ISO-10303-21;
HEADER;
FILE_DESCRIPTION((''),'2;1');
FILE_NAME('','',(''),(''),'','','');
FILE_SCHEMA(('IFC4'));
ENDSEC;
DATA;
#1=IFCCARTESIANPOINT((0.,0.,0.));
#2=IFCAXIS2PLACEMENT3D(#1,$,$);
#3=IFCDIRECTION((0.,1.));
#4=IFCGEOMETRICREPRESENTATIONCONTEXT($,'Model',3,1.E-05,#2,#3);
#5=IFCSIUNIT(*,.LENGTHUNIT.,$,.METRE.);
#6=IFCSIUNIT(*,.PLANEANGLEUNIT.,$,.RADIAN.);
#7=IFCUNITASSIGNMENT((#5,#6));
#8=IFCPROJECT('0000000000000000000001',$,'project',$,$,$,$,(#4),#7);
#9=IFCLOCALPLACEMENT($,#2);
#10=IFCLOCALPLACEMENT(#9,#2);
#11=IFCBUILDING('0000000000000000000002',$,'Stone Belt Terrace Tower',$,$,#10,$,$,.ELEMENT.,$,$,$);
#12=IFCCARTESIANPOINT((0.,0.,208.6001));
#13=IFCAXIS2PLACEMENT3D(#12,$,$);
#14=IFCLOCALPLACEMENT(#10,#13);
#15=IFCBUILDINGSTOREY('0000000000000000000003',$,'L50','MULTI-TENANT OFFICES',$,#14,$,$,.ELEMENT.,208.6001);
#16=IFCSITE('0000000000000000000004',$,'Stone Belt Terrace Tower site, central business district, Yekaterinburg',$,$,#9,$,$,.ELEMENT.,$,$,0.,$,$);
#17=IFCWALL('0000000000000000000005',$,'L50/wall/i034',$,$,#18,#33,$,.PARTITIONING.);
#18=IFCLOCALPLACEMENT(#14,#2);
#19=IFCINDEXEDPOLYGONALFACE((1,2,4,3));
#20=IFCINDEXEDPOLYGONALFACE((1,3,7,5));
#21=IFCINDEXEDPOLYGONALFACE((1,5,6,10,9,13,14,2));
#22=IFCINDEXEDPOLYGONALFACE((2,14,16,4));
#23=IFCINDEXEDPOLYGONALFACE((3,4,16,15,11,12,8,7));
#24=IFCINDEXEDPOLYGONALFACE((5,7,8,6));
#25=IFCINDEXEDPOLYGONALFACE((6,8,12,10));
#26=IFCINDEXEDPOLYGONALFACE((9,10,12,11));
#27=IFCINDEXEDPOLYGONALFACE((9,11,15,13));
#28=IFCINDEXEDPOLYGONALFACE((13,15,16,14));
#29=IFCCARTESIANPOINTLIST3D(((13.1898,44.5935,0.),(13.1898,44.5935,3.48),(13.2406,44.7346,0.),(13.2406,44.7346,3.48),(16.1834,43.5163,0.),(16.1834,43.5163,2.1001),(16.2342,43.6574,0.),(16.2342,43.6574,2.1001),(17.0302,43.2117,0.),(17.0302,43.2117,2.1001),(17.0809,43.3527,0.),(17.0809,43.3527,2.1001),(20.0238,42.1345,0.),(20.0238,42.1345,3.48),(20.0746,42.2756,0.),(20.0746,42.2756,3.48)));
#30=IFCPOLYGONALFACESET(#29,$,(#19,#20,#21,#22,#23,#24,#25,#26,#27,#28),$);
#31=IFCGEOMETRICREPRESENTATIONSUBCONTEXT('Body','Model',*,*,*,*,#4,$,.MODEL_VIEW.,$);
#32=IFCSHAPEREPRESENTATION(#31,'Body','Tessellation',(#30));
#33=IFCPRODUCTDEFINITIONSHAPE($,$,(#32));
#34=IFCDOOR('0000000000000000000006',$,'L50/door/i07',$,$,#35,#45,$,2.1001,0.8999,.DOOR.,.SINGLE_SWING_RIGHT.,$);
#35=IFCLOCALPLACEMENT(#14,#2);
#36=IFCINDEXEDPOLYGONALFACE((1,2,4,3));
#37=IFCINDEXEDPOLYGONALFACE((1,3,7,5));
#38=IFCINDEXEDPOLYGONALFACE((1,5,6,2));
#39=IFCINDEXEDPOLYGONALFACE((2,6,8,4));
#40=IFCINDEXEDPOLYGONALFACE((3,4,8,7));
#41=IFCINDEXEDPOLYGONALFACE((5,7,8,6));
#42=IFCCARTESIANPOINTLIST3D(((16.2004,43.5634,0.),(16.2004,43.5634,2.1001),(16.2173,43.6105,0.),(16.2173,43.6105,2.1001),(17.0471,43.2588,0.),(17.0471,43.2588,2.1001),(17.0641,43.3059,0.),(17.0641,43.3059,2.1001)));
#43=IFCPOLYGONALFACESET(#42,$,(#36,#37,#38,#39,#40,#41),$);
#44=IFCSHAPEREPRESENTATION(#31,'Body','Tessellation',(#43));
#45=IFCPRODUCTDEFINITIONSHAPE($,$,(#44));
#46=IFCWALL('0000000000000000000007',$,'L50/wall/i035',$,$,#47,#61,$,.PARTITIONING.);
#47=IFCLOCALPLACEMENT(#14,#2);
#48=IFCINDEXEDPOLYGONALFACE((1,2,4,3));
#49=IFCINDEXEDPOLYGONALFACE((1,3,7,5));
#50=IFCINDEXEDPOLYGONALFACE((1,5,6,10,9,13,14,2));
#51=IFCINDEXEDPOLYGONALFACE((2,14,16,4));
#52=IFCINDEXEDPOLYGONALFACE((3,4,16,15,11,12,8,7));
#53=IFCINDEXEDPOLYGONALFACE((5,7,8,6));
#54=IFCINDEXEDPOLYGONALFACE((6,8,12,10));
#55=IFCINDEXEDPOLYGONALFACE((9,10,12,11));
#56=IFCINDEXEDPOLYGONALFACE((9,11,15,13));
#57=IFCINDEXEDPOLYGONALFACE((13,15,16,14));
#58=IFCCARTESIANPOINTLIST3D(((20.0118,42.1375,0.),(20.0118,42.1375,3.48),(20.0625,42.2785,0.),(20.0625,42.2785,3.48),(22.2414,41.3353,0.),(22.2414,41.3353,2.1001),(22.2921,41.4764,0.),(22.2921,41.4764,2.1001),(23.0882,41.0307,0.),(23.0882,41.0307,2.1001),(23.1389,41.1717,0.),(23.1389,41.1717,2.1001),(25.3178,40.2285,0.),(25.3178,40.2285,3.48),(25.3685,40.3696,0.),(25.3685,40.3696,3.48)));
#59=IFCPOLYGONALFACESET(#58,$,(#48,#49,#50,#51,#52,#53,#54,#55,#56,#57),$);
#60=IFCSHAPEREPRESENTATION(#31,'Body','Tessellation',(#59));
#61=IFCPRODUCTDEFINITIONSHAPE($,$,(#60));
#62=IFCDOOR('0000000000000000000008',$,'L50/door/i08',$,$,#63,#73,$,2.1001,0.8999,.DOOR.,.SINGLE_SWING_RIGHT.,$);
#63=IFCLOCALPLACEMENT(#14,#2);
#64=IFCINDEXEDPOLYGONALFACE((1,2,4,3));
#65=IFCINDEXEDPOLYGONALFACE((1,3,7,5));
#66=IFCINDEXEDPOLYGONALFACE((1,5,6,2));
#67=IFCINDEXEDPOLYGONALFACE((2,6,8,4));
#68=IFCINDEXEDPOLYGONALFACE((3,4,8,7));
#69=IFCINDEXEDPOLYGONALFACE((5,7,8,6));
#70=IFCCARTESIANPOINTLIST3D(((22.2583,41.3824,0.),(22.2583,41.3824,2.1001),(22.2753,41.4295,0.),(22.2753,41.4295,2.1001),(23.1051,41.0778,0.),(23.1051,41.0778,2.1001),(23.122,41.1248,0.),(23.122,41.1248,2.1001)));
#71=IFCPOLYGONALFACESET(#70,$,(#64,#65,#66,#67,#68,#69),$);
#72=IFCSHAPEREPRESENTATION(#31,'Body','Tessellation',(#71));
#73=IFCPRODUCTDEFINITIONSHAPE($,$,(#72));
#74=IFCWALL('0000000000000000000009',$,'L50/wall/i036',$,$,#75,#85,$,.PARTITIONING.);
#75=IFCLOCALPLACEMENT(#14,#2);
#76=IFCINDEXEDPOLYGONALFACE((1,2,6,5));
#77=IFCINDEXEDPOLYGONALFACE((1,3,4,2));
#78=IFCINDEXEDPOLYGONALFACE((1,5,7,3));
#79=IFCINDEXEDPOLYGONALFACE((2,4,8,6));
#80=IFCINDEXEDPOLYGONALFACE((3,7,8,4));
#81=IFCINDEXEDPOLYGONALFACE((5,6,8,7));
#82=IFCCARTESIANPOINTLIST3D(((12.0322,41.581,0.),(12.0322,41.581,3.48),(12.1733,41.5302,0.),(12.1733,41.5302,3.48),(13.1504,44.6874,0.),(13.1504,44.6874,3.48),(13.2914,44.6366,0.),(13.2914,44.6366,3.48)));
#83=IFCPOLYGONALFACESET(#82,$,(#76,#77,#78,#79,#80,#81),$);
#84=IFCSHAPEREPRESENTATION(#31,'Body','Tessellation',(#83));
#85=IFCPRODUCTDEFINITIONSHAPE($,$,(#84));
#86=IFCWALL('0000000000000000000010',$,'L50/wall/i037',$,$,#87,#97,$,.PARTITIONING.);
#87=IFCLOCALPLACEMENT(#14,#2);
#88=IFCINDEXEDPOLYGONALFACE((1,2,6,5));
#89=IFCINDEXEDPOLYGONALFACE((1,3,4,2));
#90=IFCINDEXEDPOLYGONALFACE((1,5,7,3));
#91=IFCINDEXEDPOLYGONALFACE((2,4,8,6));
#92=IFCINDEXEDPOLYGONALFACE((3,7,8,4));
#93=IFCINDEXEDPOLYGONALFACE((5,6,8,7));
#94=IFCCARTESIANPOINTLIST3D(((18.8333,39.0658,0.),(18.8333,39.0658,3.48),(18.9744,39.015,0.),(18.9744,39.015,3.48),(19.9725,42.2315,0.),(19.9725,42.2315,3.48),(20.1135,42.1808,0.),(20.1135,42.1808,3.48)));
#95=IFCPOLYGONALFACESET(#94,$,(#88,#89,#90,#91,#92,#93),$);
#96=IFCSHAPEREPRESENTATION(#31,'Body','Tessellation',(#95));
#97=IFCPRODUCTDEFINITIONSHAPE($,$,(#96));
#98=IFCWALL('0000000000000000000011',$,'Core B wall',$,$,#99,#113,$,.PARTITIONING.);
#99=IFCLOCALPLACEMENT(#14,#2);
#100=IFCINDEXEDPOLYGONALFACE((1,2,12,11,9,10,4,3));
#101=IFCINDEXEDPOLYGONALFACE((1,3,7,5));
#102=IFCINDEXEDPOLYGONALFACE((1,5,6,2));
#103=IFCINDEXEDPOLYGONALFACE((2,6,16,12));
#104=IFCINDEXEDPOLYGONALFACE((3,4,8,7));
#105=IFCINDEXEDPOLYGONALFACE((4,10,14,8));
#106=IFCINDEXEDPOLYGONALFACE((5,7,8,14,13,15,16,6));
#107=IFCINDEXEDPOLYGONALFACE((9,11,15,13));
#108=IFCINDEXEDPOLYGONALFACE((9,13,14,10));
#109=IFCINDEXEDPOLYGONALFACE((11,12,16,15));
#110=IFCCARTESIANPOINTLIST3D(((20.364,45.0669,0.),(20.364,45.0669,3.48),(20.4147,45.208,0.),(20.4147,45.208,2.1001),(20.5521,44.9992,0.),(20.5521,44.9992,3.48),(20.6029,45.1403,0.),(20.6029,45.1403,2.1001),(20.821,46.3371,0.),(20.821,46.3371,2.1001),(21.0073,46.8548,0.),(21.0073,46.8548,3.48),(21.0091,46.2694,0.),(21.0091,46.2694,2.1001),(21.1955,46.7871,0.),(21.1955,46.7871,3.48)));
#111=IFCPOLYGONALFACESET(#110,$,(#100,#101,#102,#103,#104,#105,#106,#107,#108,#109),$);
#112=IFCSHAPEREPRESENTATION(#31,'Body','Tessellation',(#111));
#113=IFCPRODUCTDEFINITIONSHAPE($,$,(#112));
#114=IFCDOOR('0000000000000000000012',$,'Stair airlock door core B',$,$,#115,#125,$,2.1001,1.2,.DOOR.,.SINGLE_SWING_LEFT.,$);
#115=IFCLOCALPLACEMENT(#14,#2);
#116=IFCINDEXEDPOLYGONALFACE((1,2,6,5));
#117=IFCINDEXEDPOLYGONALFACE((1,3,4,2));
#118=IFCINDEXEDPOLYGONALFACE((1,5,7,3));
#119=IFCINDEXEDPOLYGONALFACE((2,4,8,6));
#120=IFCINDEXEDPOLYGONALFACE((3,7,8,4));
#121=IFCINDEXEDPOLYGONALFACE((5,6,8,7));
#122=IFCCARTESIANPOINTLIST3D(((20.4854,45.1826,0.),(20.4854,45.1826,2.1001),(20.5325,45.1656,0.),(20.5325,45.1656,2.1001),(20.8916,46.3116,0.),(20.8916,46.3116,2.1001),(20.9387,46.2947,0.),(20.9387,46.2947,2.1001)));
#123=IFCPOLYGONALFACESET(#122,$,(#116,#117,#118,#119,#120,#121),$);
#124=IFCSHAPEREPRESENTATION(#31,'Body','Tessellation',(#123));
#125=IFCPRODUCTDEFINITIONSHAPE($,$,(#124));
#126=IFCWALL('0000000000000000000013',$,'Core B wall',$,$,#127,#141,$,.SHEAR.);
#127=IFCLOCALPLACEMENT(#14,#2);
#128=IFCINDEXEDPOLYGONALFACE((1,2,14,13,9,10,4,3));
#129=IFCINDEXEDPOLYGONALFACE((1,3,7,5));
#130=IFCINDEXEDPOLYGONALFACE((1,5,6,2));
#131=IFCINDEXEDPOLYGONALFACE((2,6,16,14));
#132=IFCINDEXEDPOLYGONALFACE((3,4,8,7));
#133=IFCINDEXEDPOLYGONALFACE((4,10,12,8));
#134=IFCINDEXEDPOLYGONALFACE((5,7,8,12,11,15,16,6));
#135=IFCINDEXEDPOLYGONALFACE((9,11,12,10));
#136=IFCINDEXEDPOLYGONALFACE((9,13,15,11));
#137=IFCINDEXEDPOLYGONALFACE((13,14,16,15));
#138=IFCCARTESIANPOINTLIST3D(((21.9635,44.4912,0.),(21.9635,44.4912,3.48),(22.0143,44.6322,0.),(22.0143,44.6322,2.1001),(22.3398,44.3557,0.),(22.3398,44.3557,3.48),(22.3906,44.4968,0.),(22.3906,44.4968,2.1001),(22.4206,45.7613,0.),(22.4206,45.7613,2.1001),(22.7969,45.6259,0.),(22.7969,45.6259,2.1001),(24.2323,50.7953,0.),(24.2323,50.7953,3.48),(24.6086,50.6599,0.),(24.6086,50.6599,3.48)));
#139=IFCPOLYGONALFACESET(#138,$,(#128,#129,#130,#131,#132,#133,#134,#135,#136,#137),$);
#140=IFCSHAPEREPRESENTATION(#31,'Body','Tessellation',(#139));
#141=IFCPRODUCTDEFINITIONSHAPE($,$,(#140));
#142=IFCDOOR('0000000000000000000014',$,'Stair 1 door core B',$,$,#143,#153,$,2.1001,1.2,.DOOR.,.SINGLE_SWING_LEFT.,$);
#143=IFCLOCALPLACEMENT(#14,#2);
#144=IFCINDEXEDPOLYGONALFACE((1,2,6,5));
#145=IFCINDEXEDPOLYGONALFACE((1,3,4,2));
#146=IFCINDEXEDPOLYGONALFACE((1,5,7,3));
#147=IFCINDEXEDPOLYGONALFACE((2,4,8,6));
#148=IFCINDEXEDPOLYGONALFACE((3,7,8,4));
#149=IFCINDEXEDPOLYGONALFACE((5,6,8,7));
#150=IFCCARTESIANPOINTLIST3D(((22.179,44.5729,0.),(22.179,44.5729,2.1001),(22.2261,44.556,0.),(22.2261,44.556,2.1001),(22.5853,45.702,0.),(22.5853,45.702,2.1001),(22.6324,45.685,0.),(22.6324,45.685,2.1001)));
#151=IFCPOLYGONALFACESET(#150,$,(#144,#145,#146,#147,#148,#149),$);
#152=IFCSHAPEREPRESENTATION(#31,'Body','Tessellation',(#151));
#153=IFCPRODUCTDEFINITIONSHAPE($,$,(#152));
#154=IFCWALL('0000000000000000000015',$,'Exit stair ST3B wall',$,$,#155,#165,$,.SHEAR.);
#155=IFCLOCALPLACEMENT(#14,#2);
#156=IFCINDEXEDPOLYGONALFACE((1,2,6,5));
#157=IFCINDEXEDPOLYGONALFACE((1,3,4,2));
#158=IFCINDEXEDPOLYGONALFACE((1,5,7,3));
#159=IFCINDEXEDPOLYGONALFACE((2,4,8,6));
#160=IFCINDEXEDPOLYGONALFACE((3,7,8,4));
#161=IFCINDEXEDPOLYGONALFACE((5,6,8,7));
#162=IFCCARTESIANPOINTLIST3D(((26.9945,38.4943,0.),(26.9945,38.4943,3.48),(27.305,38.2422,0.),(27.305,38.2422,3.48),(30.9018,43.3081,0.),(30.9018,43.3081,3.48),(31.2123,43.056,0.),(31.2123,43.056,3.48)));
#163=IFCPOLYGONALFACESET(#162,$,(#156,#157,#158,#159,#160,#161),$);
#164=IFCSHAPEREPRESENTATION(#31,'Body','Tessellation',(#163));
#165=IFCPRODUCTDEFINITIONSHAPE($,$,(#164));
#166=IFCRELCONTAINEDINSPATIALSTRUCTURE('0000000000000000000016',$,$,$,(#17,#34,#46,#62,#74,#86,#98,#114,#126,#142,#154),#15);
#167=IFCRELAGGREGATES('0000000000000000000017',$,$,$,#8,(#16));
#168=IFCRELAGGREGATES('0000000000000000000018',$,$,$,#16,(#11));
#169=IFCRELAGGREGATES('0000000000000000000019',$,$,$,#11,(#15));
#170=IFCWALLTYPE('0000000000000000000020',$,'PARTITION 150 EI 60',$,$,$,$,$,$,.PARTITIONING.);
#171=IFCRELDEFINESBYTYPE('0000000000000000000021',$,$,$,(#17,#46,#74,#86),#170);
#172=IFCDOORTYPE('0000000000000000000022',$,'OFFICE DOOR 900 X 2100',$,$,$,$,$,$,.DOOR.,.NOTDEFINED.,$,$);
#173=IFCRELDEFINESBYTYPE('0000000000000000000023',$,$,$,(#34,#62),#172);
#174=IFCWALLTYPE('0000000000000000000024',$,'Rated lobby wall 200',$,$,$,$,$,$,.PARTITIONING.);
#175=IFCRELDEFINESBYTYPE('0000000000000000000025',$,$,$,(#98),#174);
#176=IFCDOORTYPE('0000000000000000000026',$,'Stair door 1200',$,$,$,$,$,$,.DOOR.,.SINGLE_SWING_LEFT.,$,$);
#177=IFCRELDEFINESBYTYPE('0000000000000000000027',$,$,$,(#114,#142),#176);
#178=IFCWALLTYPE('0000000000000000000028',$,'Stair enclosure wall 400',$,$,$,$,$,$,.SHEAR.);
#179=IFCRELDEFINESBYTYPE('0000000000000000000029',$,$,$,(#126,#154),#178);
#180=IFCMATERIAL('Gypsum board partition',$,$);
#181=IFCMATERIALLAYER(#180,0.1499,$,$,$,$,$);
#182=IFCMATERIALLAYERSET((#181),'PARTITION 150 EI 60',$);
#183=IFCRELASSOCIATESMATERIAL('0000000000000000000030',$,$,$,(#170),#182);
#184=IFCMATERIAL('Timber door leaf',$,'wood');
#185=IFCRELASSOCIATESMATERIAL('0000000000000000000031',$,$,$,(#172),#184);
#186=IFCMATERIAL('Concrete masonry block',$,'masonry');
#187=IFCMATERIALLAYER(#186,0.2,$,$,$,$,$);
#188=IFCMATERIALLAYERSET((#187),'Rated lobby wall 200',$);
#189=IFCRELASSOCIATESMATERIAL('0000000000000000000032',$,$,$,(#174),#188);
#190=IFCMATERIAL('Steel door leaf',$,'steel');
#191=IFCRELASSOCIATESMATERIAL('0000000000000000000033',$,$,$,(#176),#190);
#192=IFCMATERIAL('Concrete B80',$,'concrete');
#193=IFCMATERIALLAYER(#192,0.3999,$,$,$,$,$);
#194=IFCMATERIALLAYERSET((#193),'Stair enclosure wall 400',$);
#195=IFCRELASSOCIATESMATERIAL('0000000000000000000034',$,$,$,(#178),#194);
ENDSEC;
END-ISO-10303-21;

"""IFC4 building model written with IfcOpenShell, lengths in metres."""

from ifc_helpers import new_model, si_unit, direction, frame, frame_2d, origin, place, context, subcontext, project, spatial, rectangle, extrude, material, layer, layer_set, type_object, element, fill, save


model = new_model("IFC4")

# Units and contexts
model_context = context("Model", 3, precision=1e-05, world=origin(), true_north=direction((0.0, 1.0)))
body_context = subcontext(model_context, "Body", "Model", "MODEL_VIEW")
ifc_project = project(units=[si_unit("LENGTHUNIT", "METRE"), si_unit("PLANEANGLEUNIT", "RADIAN")], contexts=[model_context])

# Site, building, storey
site_placement = place(None, origin())
site = spatial("IfcSite", under=ifc_project, at=site_placement, Name="Stone Belt Terrace Tower site, central business district, Yekaterinburg", CompositionType="ELEMENT", RefElevation=0.0)
building_placement = place(site_placement, origin())
building = spatial("IfcBuilding", under=site, at=building_placement, Name="Stone Belt Terrace Tower", CompositionType="ELEMENT")
storey_placement = place(building_placement, frame((0.0, 0.0, 208.6001)))
storey = spatial("IfcBuildingStorey", under=building, at=storey_placement, Name="L50", Description="MULTI-TENANT OFFICES", CompositionType="ELEMENT", Elevation=208.6001)

# Walls, openings, doors
ifc_material_1 = material(Name="Gypsum board partition")
ifc_layer_1 = layer(ifc_material_1, 0.1499)
ifc_layer_set_1 = layer_set([ifc_layer_1], Name="PARTITION 150 EI 60")
wall_type_1 = type_object("IfcWallType", Name="PARTITION 150 EI 60", PredefinedType="PARTITIONING", material=ifc_layer_set_1)
ifc_material_2 = material(Name="Timber door leaf", Category="wood")
door_type_1 = type_object("IfcDoorType", Name="OFFICE DOOR 900 X 2100", OperationType="NOTDEFINED", PredefinedType="DOOR", material=ifc_material_2)
wall_1_placement = place(storey_placement, frame((20.0491, 42.2051, 0.0), z_axis=(0.0, 0.0, 1.0), x_axis=(-0.940942, 0.338567, 0.0)))
wall_1 = element("IfcWall", 1, at=wall_1_placement, inside=storey, type_object=wall_type_1, Name="L50/wall/i034", PredefinedType="PARTITIONING", context=body_context, shape_type="SweptSolid", body=[
    extrude(rectangle(XDim=7.2629, YDim=0.1499, at=frame_2d((3.6313, 0.0))), origin(), (0.0, 0.0, 1.0), 3.48),
])
opening_1_placement = place(wall_1_placement, frame((3.1814, 0.0, 0.0)))
opening_1 = element("IfcOpeningElement", 2, at=opening_1_placement, cuts=wall_1, PredefinedType="OPENING", context=body_context, shape_type="SweptSolid", body=[
    extrude(rectangle(XDim=0.8999, YDim=2.1001, at=frame_2d((0.45, 1.05))), frame((0.0, 0.085, 0.0), z_axis=(0.0, -1.0, 0.0), x_axis=(1.0, 0.0, 0.0)), (0.0, 0.0, 1.0), 0.1699),
])
door_1_placement = place(opening_1_placement, origin())
door_1 = element("IfcDoor", 3, at=door_1_placement, inside=storey, type_object=door_type_1, Name="L50/door/i07", OperationType="SINGLE_SWING_RIGHT", OverallHeight=2.1001, OverallWidth=0.8999, PredefinedType="DOOR", context=body_context, shape_type="SweptSolid", body=[
    extrude(rectangle(XDim=0.8999, YDim=2.1001, at=frame_2d((0.45, 1.05))), frame((0.0, 0.0249, 0.0), z_axis=(0.0, -1.0, 0.0), x_axis=(1.0, 0.0, 0.0)), (0.0, 0.0, 1.0), 0.05),
])
fill(opening_1, door_1)
wall_2_placement = place(storey_placement, frame((25.343, 40.2991, 0.0), z_axis=(0.0, 0.0, 1.0), x_axis=(-0.940955, 0.338532, 0.0)))
wall_2 = element("IfcWall", 4, at=wall_2_placement, inside=storey, type_object=wall_type_1, Name="L50/wall/i035", PredefinedType="PARTITIONING", context=body_context, shape_type="SweptSolid", body=[
    extrude(rectangle(XDim=5.6389, YDim=0.1499, at=frame_2d((2.8193, 0.0))), origin(), (0.0, 0.0, 1.0), 3.48),
])
opening_2_placement = place(wall_2_placement, frame((2.3694, 0.0, 0.0)))
opening_2 = element("IfcOpeningElement", 5, at=opening_2_placement, cuts=wall_2, PredefinedType="OPENING", context=body_context, shape_type="SweptSolid", body=[
    extrude(rectangle(XDim=0.8999, YDim=2.1001, at=frame_2d((0.45, 1.05))), frame((0.0, 0.085, 0.0), z_axis=(0.0, -1.0, 0.0), x_axis=(1.0, 0.0, 0.0)), (0.0, 0.0, 1.0), 0.1699),
])
door_2_placement = place(opening_2_placement, origin())
door_2 = element("IfcDoor", 6, at=door_2_placement, inside=storey, type_object=door_type_1, Name="L50/door/i08", OperationType="SINGLE_SWING_RIGHT", OverallHeight=2.1001, OverallWidth=0.8999, PredefinedType="DOOR", context=body_context, shape_type="SweptSolid", body=[
    extrude(rectangle(XDim=0.8999, YDim=2.1001, at=frame_2d((0.45, 1.05))), frame((0.0, 0.0249, 0.0), z_axis=(0.0, -1.0, 0.0), x_axis=(1.0, 0.0, 0.0)), (0.0, 0.0, 1.0), 0.05),
])
fill(opening_2, door_2)

# Walls
wall_3_placement = place(storey_placement, frame((13.2209, 44.6621, 0.0), z_axis=(0.0, 0.0, 1.0), x_axis=(-0.338678, -0.940902, 0.0)))
element("IfcWall", 7, at=wall_3_placement, inside=storey, type_object=wall_type_1, Name="L50/wall/i036", PredefinedType="PARTITIONING", context=body_context, shape_type="SweptSolid", body=[
    extrude(rectangle(XDim=3.3015, YDim=0.1499, at=frame_2d((1.6509, 0.0))), origin(), (0.0, 0.0, 1.0), 3.48),
])
wall_4_placement = place(storey_placement, frame((20.043, 42.2061, 0.0), z_axis=(0.0, 0.0, 1.0), x_axis=(-0.338583, -0.940936, 0.0)))
element("IfcWall", 8, at=wall_4_placement, inside=storey, type_object=wall_type_1, Name="L50/wall/i037", PredefinedType="PARTITIONING", context=body_context, shape_type="SweptSolid", body=[
    extrude(rectangle(XDim=3.3645, YDim=0.1499, at=frame_2d((1.6821, 0.0))), origin(), (0.0, 0.0, 1.0), 3.48),
])

# Walls, openings, doors
ifc_material_3 = material(Name="Concrete masonry block", Category="masonry")
ifc_layer_2 = layer(ifc_material_3, 0.2)
ifc_layer_set_2 = layer_set([ifc_layer_2], Name="Rated lobby wall 200")
wall_type_2 = type_object("IfcWallType", Name="Rated lobby wall 200", PredefinedType="PARTITIONING", material=ifc_layer_set_2)
wall_5_placement = place(storey_placement, frame((20.458, 45.033, 0.0), z_axis=(0.0, 0.0, 1.0), x_axis=(0.338574, 0.94094, 0.0)))
wall_5 = element("IfcWall", 9, at=wall_5_placement, inside=storey, type_object=wall_type_2, Name="Core B wall", PredefinedType="PARTITIONING", context=body_context, shape_type="SweptSolid", body=[
    extrude(rectangle(XDim=1.9001, YDim=0.2, at=frame_2d((0.9502, 0.0))), origin(), (0.0, 0.0, 1.0), 3.48),
])
opening_3_placement = place(wall_5_placement, frame((0.1499, 0.0, 0.0)))
opening_3 = element("IfcOpeningElement", 10, at=opening_3_placement, cuts=wall_5, PredefinedType="OPENING", context=body_context, shape_type="SweptSolid", body=[
    extrude(rectangle(XDim=1.2, YDim=2.1001, at=frame_2d((0.6001, 1.05))), frame((0.0, 0.1099, 0.0), z_axis=(0.0, -1.0, 0.0), x_axis=(1.0, 0.0, 0.0)), (0.0, 0.0, 1.0), 0.22),
])
ifc_material_4 = material(Name="Steel door leaf", Category="steel")
door_type_2 = type_object("IfcDoorType", Name="Stair door 1200", OperationType="SINGLE_SWING_LEFT", PredefinedType="DOOR", material=ifc_material_4)
door_3_placement = place(opening_3_placement, origin())
door_3 = element("IfcDoor", 11, at=door_3_placement, inside=storey, type_object=door_type_2, Name="Stair airlock door core B", OperationType="SINGLE_SWING_LEFT", OverallHeight=2.1001, OverallWidth=1.2, PredefinedType="DOOR", context=body_context, shape_type="SweptSolid", body=[
    extrude(rectangle(XDim=1.2, YDim=2.1001, at=frame_2d((0.6001, 1.05))), frame((0.0, 0.0249, 0.0), z_axis=(0.0, -1.0, 0.0), x_axis=(1.0, 0.0, 0.0)), (0.0, 0.0, 1.0), 0.05),
])
fill(opening_3, door_3)
ifc_material_5 = material(Name="Concrete B80", Category="concrete")
ifc_layer_3 = layer(ifc_material_5, 0.3999)
ifc_layer_set_3 = layer_set([ifc_layer_3], Name="Stair enclosure wall 400")
wall_type_3 = type_object("IfcWallType", Name="Stair enclosure wall 400", PredefinedType="SHEAR", material=ifc_layer_set_3)
wall_6_placement = place(storey_placement, frame((22.1516, 44.4233, 0.0), z_axis=(0.0, 0.0, 1.0), x_axis=(0.338625, 0.940921, 0.0)))
wall_6 = element("IfcWall", 12, at=wall_6_placement, inside=storey, type_object=wall_type_3, Name="Core B wall", PredefinedType="SHEAR", context=body_context, shape_type="SweptSolid", body=[
    extrude(rectangle(XDim=6.7, YDim=0.3999, at=frame_2d((3.3501, 0.0))), origin(), (0.0, 0.0, 1.0), 3.48),
])
opening_4_placement = place(wall_6_placement, frame((0.1499, 0.0, 0.0)))
opening_4 = element("IfcOpeningElement", 13, at=opening_4_placement, cuts=wall_6, PredefinedType="OPENING", context=body_context, shape_type="SweptSolid", body=[
    extrude(rectangle(XDim=1.2, YDim=2.1001, at=frame_2d((0.6001, 1.05))), frame((0.0, 0.21, 0.0), z_axis=(0.0, -1.0, 0.0), x_axis=(1.0, 0.0, 0.0)), (0.0, 0.0, 1.0), 0.4199),
])
door_4_placement = place(opening_4_placement, origin())
door_4 = element("IfcDoor", 14, at=door_4_placement, inside=storey, type_object=door_type_2, Name="Stair 1 door core B", OperationType="SINGLE_SWING_LEFT", OverallHeight=2.1001, OverallWidth=1.2, PredefinedType="DOOR", context=body_context, shape_type="SweptSolid", body=[
    extrude(rectangle(XDim=1.2, YDim=2.1001, at=frame_2d((0.6001, 1.05))), frame((0.0, 0.0249, 0.0), z_axis=(0.0, -1.0, 0.0), x_axis=(1.0, 0.0, 0.0)), (0.0, 0.0, 1.0), 0.05),
])
fill(opening_4, door_4)

# Wall
wall_7_placement = place(storey_placement, frame((27.1497, 38.3682, 0.0), z_axis=(0.0, 0.0, 1.0), x_axis=(0.630212, 0.776423, 0.0)))
element("IfcWall", 15, at=wall_7_placement, inside=storey, type_object=wall_type_3, Name="Exit stair ST3B wall", PredefinedType="SHEAR", context=body_context, shape_type="SweptSolid", body=[
    extrude(rectangle(XDim=6.2, YDim=0.3999, at=frame_2d((3.1001, 0.0))), origin(), (0.0, 0.0, 1.0), 3.48),
])

save(model, "model.ifc")
